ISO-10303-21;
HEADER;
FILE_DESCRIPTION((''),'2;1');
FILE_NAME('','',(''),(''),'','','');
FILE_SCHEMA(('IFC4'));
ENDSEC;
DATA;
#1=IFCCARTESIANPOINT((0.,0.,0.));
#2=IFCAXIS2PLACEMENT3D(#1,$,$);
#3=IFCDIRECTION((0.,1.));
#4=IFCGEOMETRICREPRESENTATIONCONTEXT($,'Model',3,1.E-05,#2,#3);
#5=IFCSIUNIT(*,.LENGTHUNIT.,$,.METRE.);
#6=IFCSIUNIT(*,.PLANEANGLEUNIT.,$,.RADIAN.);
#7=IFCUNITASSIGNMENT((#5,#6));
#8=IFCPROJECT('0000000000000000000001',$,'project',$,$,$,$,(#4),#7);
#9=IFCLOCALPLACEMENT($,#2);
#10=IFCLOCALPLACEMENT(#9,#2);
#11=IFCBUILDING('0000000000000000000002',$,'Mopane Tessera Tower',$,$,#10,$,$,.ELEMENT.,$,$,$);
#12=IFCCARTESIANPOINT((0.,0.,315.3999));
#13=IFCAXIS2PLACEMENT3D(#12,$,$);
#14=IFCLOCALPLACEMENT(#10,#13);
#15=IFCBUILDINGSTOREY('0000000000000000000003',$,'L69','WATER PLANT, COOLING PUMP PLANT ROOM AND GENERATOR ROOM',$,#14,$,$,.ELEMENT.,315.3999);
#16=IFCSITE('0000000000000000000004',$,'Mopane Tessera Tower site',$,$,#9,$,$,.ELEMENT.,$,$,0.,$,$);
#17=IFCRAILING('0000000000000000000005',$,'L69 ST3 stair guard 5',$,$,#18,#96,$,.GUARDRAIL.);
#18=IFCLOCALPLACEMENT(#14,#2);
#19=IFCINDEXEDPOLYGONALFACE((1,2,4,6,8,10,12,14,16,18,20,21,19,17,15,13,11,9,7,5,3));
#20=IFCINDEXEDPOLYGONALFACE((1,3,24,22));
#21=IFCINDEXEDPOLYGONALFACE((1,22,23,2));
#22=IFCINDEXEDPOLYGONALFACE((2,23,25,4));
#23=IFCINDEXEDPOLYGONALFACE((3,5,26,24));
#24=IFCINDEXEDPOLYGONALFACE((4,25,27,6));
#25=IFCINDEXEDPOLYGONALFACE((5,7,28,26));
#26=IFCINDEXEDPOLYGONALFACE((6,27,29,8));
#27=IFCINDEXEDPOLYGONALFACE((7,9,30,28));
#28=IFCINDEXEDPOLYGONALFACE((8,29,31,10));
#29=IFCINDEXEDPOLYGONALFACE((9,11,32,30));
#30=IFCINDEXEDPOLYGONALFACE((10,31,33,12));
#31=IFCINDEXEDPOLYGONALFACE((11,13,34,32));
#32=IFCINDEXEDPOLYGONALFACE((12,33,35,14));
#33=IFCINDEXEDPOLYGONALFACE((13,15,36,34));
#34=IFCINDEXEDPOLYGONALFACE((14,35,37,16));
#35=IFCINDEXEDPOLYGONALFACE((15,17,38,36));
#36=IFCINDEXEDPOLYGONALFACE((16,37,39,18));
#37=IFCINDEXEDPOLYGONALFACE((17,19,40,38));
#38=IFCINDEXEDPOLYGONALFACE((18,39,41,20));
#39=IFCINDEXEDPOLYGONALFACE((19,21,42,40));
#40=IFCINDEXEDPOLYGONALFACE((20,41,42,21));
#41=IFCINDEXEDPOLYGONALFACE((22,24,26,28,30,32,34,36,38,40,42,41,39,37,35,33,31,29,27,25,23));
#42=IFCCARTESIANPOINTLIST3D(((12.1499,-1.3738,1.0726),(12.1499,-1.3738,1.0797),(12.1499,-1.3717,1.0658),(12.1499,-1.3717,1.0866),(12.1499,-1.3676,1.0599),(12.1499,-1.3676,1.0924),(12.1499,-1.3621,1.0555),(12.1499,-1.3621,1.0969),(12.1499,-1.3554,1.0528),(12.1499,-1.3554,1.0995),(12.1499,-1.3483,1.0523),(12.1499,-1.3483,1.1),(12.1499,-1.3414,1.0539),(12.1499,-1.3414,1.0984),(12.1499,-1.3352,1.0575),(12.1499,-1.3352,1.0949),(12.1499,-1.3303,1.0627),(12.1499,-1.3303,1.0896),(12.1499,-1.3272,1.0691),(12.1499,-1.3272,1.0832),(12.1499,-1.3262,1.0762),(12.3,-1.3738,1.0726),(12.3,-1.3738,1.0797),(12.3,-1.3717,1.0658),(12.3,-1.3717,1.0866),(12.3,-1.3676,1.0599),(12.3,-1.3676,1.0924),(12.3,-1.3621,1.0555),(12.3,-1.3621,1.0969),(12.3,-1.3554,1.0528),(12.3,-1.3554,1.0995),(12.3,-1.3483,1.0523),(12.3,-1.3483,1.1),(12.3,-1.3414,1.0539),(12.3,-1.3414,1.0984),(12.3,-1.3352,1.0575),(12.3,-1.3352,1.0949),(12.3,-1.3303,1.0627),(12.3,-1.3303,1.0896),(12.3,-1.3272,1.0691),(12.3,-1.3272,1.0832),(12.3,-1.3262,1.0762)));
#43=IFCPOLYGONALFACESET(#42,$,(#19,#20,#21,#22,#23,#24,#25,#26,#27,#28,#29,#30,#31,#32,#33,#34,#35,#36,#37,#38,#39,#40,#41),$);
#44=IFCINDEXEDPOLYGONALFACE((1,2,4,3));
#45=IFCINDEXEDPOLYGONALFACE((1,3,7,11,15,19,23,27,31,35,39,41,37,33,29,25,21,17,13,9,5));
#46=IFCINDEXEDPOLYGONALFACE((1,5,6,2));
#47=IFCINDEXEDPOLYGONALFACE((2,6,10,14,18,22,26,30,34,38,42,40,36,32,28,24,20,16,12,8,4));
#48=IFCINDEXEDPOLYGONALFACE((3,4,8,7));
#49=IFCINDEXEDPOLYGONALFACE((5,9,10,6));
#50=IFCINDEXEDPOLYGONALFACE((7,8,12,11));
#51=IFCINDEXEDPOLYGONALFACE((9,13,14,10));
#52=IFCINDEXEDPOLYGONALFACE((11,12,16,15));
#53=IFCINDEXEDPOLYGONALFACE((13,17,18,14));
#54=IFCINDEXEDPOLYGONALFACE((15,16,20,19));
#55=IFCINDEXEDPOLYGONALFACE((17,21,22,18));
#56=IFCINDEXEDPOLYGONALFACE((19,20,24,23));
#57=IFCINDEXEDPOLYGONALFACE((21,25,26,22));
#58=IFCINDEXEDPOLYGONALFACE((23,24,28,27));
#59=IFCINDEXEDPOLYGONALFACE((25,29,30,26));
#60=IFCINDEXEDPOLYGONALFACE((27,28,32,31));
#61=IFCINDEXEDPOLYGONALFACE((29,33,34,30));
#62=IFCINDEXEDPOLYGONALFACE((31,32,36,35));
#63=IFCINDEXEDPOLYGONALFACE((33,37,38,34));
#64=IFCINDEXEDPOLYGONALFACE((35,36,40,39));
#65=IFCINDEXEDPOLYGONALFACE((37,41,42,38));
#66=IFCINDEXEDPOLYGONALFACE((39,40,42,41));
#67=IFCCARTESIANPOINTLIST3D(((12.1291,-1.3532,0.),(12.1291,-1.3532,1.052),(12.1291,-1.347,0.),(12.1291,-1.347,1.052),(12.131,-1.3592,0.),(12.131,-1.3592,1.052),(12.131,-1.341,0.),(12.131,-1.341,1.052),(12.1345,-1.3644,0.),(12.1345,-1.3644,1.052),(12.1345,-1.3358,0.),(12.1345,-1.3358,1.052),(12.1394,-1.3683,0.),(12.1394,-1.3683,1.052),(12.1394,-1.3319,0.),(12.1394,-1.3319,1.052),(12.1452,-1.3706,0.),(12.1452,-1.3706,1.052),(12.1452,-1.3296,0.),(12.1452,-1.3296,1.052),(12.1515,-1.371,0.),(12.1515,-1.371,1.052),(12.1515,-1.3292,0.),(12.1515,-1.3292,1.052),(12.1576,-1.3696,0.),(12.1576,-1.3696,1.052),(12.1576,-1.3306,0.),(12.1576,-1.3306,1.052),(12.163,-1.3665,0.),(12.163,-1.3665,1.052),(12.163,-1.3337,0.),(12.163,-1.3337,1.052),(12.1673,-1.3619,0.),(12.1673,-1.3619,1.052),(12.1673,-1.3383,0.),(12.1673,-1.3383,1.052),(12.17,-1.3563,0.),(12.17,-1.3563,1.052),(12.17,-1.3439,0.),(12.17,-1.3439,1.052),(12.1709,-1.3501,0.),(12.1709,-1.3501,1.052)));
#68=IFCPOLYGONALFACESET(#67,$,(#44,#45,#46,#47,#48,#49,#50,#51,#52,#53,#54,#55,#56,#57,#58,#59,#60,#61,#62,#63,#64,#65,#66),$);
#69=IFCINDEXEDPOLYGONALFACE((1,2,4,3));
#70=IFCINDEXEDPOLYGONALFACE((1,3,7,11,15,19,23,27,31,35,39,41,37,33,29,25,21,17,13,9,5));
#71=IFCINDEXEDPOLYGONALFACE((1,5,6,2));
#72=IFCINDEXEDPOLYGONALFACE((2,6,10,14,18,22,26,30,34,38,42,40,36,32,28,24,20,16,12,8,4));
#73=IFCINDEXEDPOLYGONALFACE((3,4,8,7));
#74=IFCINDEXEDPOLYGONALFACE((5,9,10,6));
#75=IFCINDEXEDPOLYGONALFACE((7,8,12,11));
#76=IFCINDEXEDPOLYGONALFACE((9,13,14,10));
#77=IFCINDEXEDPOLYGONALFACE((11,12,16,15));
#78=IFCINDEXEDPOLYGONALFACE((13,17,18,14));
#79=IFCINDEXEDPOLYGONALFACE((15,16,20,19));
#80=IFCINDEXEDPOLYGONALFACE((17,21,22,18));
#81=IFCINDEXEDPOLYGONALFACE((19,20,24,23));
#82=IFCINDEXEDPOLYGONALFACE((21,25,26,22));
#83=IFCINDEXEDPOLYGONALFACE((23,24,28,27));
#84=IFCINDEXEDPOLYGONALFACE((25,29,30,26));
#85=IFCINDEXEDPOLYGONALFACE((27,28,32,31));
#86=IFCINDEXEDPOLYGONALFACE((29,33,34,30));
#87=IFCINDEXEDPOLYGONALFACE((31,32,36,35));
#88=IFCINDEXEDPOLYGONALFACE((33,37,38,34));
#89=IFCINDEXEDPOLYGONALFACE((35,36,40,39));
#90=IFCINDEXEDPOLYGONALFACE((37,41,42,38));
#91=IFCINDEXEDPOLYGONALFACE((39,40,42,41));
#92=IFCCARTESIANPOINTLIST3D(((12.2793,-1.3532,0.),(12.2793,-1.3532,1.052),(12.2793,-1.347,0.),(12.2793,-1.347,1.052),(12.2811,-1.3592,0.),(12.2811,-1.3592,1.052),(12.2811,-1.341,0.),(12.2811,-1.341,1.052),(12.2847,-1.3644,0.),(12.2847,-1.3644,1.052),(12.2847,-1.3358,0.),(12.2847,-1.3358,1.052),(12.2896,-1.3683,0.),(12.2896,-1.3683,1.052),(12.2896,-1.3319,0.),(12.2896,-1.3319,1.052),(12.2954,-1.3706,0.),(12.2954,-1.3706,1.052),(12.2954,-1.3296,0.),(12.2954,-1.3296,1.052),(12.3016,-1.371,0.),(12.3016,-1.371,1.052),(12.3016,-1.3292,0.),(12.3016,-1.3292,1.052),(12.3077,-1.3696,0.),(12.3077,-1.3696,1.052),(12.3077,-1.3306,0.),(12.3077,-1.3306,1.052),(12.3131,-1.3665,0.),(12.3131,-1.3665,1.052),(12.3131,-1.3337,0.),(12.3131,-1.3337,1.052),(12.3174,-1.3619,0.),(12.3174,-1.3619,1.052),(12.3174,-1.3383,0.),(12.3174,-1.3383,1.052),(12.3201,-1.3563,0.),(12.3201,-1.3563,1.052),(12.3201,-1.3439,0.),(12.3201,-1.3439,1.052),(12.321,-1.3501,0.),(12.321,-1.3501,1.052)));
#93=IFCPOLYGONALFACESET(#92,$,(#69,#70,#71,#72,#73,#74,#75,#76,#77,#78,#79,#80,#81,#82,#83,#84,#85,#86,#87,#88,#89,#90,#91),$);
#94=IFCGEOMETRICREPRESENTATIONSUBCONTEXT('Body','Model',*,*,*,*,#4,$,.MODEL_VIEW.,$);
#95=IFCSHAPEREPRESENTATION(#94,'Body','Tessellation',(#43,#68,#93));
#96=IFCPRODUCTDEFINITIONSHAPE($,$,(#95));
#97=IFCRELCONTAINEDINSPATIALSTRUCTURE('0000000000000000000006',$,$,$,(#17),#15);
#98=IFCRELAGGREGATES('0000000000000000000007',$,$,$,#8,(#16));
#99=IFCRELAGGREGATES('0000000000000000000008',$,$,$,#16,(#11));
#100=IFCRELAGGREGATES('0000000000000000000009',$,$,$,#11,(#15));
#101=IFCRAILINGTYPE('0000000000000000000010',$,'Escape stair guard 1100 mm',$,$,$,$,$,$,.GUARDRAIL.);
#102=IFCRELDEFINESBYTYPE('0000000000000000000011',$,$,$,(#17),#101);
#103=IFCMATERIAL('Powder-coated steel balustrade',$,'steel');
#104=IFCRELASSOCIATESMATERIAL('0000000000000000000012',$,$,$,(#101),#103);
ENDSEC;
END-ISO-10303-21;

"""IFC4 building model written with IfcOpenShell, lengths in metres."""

from ifc_helpers import new_model, si_unit, direction, frame, origin, origin_2d, place, context, subcontext, project, spatial, circle, extrude, material, type_object, element, save


model = new_model("IFC4")

# Units and contexts
model_context = context("Model", 3, precision=1e-05, world=origin(), true_north=direction((0.0, 1.0)))
body_context = subcontext(model_context, "Body", "Model", "MODEL_VIEW")
ifc_project = project(units=[si_unit("LENGTHUNIT", "METRE"), si_unit("PLANEANGLEUNIT", "RADIAN")], contexts=[model_context])

# Site, building, storey
site_placement = place(None, origin())
site = spatial("IfcSite", under=ifc_project, at=site_placement, Name="Mopane Tessera Tower site", CompositionType="ELEMENT", RefElevation=0.0)
building_placement = place(site_placement, origin())
building = spatial("IfcBuilding", under=site, at=building_placement, Name="Mopane Tessera Tower", CompositionType="ELEMENT")
storey_placement = place(building_placement, frame((0.0, 0.0, 315.3999)))
storey = spatial("IfcBuildingStorey", under=building, at=storey_placement, Name="L69", Description="WATER PLANT, COOLING PUMP PLANT ROOM AND GENERATOR ROOM", CompositionType="ELEMENT", Elevation=315.3999)

# Railing
ifc_material_1 = material(Name="Powder-coated steel balustrade", Category="steel")
railing_type_1 = type_object("IfcRailingType", Name="Escape stair guard 1100 mm", PredefinedType="GUARDRAIL", material=ifc_material_1)
railing_1_placement = place(storey_placement, frame((12.1499, -1.3501, 0.0)))
element("IfcRailing", 1, at=railing_1_placement, inside=storey, type_object=railing_type_1, Name="L69 ST3 stair guard 5", PredefinedType="GUARDRAIL", context=body_context, shape_type="SweptSolid", body=[
    extrude(circle(Radius=0.0239, at=origin_2d()), frame((0.0, 0.0, 1.0762), z_axis=(1.0, 0.0, 0.0), x_axis=(0.0, 1.0, 0.0)), (0.0, 0.0, 1.0), 0.1501),
    extrude(circle(Radius=0.021, at=origin_2d()), origin(), (0.0, 0.0, 1.0), 1.052),
    extrude(circle(Radius=0.021, at=origin_2d()), frame((0.1501, 0.0, 0.0)), (0.0, 0.0, 1.0), 1.052),
])

save(model, "model.ifc")
